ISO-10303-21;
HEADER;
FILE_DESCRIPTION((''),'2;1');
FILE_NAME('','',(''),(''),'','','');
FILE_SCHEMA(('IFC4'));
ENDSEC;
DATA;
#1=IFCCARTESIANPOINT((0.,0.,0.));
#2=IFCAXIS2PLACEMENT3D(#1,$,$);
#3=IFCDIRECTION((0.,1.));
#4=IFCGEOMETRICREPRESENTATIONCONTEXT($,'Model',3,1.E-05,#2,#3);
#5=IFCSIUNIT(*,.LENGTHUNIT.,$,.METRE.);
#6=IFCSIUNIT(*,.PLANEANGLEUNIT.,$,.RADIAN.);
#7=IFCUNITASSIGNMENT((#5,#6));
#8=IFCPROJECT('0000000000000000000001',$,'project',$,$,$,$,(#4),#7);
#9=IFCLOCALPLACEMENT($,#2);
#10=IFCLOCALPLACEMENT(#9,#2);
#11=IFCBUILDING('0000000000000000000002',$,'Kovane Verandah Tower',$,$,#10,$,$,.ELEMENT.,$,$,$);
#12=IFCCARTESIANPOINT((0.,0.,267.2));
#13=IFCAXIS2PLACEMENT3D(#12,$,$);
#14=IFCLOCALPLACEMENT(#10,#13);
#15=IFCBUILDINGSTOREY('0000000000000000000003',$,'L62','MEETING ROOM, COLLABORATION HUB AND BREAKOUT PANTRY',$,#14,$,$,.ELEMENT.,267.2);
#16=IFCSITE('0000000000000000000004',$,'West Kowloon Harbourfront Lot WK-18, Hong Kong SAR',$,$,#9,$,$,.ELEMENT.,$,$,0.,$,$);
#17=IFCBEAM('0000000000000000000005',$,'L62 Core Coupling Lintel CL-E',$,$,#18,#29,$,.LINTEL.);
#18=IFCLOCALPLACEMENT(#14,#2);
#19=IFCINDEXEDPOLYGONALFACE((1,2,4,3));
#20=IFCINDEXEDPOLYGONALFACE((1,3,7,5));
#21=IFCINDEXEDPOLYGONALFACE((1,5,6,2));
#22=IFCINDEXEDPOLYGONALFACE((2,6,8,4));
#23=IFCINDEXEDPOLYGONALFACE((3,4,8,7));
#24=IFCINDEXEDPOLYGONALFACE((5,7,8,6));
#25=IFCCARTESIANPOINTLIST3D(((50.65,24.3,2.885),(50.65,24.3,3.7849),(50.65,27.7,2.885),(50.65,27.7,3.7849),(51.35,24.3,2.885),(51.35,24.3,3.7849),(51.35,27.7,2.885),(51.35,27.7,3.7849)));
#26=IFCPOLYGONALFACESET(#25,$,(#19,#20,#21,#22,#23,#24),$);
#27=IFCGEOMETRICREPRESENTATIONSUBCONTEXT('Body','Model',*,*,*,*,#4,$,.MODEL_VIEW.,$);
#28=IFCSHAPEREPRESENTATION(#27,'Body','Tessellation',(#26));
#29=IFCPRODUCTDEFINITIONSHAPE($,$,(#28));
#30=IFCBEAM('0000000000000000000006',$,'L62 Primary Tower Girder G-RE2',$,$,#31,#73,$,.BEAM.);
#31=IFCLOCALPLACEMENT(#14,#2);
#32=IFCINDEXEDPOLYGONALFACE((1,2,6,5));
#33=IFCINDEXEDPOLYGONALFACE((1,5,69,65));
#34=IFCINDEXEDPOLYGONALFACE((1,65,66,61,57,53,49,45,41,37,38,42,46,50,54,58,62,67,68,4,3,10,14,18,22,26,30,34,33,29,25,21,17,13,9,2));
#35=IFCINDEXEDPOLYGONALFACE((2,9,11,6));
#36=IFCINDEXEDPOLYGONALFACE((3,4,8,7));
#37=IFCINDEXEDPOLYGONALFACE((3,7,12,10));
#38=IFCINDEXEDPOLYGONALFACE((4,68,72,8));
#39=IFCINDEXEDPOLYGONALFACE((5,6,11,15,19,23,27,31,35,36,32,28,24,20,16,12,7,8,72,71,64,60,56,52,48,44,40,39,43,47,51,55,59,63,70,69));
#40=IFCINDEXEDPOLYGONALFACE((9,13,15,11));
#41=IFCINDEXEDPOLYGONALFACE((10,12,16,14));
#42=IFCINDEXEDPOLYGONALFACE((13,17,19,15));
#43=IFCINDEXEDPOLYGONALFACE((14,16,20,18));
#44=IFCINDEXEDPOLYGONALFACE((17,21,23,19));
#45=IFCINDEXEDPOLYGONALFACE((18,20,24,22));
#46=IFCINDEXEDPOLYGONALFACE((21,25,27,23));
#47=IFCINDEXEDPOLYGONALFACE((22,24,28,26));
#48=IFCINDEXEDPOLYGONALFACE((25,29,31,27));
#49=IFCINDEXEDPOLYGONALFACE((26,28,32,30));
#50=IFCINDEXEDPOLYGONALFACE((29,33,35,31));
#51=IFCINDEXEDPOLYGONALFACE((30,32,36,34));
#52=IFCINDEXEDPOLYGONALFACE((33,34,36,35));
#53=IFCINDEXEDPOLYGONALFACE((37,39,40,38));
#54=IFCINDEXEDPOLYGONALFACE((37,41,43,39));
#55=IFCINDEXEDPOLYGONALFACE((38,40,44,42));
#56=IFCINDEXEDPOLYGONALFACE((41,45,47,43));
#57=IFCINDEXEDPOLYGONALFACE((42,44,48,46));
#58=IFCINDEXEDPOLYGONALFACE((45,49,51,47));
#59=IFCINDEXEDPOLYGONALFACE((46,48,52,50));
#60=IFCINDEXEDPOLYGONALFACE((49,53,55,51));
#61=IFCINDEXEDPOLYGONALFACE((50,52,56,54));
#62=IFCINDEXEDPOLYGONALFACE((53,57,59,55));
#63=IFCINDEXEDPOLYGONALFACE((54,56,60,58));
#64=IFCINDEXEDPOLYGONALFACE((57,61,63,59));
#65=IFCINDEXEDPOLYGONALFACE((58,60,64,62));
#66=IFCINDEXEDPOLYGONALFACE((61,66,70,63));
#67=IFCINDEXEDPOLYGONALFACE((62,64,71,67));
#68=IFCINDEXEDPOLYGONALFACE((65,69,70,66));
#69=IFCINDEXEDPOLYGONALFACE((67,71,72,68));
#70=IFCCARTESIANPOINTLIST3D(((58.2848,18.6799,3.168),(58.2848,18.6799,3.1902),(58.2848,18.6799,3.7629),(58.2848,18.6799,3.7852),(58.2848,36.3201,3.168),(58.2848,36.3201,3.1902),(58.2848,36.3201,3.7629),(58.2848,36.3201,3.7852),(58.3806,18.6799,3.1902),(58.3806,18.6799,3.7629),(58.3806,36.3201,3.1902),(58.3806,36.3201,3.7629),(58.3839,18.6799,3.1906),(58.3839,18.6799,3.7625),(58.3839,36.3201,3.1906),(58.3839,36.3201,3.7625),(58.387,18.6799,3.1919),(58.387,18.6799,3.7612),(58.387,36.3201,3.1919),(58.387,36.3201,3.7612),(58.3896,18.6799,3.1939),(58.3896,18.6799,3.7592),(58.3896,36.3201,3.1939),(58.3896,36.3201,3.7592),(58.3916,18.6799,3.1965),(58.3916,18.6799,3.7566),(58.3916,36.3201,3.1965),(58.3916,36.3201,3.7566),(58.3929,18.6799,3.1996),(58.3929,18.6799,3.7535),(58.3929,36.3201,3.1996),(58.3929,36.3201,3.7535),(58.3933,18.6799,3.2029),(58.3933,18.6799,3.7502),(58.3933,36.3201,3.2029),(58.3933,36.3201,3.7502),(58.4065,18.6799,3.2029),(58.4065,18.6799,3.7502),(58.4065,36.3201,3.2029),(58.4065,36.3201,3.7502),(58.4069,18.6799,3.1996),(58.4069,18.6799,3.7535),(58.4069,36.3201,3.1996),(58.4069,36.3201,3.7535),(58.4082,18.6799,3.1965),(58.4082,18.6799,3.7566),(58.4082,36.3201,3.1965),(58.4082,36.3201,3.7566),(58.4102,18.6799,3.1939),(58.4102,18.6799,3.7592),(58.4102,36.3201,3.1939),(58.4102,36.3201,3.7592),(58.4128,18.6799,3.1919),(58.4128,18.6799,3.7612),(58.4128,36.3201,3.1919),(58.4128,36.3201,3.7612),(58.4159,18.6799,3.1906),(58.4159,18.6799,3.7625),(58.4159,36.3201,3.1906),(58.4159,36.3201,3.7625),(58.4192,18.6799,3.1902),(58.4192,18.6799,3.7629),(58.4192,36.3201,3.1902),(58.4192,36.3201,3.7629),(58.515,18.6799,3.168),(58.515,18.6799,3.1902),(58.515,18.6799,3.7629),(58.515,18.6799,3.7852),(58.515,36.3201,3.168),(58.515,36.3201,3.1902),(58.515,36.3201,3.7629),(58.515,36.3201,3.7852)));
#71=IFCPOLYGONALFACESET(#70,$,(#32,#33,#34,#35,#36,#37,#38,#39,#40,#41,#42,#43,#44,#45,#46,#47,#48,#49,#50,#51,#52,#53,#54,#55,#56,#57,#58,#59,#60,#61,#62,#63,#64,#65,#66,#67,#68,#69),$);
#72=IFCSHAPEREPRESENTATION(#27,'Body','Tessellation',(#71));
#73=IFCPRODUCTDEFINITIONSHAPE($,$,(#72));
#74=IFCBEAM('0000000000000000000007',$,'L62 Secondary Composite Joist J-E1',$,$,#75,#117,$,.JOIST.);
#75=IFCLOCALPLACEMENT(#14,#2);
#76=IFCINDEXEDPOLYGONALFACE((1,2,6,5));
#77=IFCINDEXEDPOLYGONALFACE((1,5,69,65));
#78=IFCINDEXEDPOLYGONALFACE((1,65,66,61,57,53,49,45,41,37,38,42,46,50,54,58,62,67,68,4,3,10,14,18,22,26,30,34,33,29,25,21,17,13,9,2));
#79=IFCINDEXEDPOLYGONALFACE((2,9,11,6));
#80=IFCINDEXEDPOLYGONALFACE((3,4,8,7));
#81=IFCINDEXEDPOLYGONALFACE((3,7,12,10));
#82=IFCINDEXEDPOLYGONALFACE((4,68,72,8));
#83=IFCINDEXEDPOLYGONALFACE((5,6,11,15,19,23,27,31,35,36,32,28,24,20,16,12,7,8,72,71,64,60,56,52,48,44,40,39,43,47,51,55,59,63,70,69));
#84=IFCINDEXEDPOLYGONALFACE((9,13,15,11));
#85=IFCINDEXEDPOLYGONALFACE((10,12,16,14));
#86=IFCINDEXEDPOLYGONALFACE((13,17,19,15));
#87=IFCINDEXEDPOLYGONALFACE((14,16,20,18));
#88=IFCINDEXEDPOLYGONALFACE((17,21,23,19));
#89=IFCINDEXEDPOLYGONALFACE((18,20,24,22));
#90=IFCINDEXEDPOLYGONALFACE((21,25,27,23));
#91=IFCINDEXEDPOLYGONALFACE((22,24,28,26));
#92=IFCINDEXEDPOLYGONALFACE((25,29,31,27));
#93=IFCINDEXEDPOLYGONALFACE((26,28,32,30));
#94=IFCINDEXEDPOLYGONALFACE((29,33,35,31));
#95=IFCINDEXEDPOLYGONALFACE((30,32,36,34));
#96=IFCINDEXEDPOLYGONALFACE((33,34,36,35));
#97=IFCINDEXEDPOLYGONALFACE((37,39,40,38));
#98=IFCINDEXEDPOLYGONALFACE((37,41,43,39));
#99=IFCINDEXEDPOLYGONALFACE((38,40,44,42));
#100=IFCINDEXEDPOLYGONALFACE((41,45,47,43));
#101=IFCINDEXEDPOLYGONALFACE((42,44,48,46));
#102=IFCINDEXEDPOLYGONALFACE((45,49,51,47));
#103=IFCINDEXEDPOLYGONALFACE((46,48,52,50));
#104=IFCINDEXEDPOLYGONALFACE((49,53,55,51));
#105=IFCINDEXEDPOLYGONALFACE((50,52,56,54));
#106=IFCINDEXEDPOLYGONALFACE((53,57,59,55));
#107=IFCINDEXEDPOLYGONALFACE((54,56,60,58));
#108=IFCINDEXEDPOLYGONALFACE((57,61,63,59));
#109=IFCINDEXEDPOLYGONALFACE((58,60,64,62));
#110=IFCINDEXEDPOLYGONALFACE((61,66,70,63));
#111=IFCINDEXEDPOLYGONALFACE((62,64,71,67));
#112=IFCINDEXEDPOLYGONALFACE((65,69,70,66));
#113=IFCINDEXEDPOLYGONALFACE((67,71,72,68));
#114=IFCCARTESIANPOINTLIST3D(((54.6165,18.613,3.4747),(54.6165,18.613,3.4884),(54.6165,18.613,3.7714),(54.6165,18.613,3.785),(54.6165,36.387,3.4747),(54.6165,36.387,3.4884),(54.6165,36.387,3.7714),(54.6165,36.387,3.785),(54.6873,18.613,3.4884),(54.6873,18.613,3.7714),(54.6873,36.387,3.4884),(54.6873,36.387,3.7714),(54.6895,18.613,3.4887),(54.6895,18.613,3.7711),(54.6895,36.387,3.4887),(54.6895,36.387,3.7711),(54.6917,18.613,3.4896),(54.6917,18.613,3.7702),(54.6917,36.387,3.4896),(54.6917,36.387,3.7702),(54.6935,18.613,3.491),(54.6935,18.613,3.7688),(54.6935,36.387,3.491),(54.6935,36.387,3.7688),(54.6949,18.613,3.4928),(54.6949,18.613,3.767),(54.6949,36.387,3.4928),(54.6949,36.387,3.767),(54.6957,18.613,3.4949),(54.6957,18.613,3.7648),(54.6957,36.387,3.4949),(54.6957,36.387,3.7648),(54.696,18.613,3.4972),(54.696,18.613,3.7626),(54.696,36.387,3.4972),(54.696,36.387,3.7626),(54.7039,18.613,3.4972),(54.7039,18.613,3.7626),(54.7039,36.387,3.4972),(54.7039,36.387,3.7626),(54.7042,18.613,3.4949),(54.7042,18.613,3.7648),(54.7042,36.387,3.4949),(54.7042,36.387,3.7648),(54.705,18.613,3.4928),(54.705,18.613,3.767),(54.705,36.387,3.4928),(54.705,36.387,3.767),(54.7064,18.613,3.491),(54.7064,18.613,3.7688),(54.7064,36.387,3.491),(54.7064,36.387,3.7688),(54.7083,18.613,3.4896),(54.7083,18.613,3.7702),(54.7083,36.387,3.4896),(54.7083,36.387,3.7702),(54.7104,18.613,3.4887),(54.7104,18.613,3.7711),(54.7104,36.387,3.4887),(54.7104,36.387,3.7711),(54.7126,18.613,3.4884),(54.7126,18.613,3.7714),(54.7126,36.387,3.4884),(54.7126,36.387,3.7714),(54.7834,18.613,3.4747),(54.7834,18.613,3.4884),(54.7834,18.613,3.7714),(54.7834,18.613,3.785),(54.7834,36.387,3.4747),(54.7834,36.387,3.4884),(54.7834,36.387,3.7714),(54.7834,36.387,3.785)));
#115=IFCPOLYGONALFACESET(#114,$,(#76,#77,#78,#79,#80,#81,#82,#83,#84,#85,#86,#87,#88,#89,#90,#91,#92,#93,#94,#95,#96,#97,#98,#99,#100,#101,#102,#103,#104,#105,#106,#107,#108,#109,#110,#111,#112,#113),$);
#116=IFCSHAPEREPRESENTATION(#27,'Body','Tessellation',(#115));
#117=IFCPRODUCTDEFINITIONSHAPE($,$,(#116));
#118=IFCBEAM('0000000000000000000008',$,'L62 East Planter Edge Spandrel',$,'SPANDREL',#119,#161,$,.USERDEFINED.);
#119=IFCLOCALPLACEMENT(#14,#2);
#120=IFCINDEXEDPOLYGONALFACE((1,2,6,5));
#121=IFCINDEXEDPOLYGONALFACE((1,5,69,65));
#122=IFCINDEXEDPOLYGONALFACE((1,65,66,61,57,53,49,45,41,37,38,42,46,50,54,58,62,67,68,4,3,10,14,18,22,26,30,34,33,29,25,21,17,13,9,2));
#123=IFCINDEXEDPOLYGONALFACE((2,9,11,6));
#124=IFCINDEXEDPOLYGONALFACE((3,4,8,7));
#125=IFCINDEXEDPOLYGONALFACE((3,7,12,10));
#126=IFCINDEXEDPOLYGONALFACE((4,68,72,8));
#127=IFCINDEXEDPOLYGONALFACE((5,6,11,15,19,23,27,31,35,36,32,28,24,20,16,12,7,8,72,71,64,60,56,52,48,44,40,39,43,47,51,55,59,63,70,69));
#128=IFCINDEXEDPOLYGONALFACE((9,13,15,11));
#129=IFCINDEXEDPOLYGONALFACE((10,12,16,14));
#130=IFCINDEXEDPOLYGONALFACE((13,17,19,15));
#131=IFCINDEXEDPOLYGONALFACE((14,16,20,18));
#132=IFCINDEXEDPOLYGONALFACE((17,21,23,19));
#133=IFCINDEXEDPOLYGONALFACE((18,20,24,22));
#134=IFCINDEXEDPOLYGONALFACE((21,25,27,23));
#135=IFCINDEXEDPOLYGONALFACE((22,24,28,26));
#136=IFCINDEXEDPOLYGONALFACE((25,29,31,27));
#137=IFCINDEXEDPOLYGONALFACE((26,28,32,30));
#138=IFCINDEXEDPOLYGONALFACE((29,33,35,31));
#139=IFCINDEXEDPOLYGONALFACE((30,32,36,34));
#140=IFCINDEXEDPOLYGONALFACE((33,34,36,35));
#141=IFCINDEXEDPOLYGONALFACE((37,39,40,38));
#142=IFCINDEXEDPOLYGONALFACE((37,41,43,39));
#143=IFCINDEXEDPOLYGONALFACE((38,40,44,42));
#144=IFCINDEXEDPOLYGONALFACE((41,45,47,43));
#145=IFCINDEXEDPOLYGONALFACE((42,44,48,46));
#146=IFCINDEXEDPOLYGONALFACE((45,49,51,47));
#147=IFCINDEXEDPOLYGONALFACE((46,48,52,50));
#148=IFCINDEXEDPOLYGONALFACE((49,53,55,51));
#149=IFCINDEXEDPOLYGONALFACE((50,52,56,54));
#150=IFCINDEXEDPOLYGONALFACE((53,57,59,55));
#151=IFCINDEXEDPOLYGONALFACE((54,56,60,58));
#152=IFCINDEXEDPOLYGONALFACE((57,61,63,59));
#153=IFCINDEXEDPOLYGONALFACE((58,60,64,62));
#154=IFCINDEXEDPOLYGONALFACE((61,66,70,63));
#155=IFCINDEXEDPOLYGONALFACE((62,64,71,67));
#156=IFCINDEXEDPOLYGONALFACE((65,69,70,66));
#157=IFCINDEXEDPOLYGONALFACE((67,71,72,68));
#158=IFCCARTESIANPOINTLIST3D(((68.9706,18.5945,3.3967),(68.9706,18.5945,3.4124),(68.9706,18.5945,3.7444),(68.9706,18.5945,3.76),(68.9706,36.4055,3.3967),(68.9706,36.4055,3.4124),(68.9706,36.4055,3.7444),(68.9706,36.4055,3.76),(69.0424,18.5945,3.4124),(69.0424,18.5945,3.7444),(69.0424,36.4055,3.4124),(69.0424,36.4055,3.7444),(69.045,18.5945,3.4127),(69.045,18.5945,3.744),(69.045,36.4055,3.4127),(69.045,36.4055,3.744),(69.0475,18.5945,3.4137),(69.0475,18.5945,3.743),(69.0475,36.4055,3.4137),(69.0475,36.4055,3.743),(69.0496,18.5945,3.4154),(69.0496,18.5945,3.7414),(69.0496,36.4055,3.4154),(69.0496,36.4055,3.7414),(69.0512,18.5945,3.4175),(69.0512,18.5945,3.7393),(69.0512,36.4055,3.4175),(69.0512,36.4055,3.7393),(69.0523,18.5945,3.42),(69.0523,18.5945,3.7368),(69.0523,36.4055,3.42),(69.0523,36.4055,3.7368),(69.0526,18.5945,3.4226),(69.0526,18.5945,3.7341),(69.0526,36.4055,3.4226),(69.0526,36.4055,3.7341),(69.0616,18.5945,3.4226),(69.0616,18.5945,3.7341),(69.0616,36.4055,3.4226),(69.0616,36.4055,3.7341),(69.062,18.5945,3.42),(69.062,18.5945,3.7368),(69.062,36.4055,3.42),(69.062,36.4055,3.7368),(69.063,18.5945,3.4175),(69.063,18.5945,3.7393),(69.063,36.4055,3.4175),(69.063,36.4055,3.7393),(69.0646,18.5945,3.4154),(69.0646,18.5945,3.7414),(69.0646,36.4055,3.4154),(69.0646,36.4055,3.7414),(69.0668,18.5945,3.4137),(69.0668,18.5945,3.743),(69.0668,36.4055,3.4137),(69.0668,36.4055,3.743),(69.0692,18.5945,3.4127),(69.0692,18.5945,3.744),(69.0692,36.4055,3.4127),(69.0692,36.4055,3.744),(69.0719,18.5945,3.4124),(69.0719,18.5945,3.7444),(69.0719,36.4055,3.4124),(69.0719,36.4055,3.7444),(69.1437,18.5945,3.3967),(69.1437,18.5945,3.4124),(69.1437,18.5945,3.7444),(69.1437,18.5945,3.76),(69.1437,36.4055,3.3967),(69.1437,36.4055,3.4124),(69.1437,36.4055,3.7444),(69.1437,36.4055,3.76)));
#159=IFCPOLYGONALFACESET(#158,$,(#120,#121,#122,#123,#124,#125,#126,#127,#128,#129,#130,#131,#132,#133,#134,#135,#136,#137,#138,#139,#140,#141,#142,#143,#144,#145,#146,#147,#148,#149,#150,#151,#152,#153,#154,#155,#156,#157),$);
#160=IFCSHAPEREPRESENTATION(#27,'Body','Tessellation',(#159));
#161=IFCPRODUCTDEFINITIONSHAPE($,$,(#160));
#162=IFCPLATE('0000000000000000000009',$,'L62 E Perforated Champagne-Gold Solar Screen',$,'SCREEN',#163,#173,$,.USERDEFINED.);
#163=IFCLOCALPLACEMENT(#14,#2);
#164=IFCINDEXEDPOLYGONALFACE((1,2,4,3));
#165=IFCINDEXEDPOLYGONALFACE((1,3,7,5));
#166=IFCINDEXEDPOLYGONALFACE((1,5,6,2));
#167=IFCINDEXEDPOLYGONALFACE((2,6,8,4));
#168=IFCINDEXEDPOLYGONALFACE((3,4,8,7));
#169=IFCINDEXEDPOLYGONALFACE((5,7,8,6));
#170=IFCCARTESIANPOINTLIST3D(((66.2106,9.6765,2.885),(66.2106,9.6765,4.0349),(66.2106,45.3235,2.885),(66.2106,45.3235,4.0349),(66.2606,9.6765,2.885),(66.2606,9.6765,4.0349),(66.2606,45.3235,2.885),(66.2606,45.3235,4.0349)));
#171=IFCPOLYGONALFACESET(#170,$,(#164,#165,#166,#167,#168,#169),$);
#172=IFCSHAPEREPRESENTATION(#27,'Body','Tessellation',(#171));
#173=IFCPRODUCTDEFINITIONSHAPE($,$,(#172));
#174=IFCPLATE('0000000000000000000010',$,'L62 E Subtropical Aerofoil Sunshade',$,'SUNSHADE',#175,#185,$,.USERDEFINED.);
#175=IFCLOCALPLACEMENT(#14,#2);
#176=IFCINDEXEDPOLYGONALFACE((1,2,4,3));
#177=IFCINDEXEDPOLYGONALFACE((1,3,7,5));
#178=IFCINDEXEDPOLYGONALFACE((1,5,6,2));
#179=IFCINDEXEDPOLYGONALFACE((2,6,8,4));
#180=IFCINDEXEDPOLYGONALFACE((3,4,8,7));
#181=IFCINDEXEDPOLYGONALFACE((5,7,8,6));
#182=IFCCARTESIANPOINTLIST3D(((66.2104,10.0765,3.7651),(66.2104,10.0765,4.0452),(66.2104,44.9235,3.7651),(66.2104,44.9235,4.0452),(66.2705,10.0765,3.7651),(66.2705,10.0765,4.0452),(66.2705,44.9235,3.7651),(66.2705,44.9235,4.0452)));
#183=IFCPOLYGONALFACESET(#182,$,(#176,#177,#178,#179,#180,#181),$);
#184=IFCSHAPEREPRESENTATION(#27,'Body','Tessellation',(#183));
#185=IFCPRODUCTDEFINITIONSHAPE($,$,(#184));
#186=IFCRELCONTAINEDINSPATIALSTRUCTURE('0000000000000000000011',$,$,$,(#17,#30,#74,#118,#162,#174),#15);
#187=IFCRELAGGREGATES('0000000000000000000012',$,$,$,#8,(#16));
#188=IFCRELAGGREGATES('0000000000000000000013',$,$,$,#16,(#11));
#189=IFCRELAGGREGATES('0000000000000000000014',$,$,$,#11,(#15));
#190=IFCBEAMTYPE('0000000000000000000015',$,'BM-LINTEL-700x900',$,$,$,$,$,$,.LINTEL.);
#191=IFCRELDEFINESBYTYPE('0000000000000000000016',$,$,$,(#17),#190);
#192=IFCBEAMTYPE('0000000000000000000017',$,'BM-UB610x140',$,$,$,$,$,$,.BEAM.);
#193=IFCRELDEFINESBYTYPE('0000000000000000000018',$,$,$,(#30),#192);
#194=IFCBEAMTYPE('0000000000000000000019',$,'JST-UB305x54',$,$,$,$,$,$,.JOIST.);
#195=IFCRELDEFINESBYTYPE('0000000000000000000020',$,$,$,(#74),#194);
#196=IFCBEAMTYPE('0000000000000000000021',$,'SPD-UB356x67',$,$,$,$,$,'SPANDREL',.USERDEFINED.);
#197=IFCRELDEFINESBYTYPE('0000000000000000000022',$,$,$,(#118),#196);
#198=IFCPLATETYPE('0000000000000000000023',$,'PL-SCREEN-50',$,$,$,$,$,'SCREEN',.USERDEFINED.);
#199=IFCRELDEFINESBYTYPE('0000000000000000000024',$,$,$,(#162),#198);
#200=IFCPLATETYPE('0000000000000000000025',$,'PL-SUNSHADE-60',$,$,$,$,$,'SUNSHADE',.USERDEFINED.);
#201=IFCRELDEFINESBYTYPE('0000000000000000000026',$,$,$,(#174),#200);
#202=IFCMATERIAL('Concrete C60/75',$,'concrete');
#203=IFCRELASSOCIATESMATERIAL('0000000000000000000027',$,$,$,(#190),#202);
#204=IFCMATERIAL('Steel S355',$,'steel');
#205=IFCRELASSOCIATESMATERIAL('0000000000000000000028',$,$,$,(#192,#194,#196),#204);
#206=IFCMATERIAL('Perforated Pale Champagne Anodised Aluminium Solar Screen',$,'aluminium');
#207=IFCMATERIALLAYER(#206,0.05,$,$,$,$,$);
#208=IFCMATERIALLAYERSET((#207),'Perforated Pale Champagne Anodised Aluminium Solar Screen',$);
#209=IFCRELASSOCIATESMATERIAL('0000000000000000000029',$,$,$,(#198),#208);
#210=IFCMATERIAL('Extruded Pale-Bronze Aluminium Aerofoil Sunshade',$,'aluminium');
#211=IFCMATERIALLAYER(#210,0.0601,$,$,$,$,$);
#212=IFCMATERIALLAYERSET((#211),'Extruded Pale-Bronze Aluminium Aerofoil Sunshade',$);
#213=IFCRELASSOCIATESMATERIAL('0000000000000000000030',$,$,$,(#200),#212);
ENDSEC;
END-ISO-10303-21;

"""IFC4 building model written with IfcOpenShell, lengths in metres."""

from ifc_helpers import new_model, si_unit, direction, frame, origin, origin_2d, place, context, subcontext, project, spatial, rectangle, i_section, extrude, material, layer, layer_set, material_profile, profile_set, type_object, element, save


model = new_model("IFC4")

# Units and contexts
model_context = context("Model", 3, precision=1e-05, world=origin(), true_north=direction((0.0, 1.0)))
body_context = subcontext(model_context, "Body", "Model", "MODEL_VIEW")
ifc_project = project(units=[si_unit("LENGTHUNIT", "METRE"), si_unit("PLANEANGLEUNIT", "RADIAN")], contexts=[model_context])

# Site, building, storey
site_placement = place(None, origin())
site = spatial("IfcSite", under=ifc_project, at=site_placement, Name="West Kowloon Harbourfront Lot WK-18, Hong Kong SAR", CompositionType="ELEMENT", RefElevation=0.0)
building_placement = place(site_placement, origin())
building = spatial("IfcBuilding", under=site, at=building_placement, Name="Kovane Verandah Tower", CompositionType="ELEMENT")
storey_placement = place(building_placement, frame((0.0, 0.0, 267.2)))
storey = spatial("IfcBuildingStorey", under=building, at=storey_placement, Name="L62", Description="MEETING ROOM, COLLABORATION HUB AND BREAKOUT PANTRY", CompositionType="ELEMENT", Elevation=267.2)

# Beams
ifc_material_1 = material(Name="Concrete C60/75", Category="concrete")
ifc_material_profile_1 = material_profile(ifc_material_1, rectangle(XDim=0.7, YDim=0.8999, at=origin_2d()), Name="RCB700x900")
ifc_profile_set_1 = profile_set([ifc_material_profile_1], Name="Concrete C60/75")
beam_type_1 = type_object("IfcBeamType", Name="BM-LINTEL-700x900", PredefinedType="LINTEL", material=ifc_profile_set_1)
beam_1_placement = place(storey_placement, frame((51.0, 24.3, 3.335), z_axis=(0.0, 1.0, 0.0), x_axis=(-1.0, 0.0, 0.0)))
element("IfcBeam", 1, at=beam_1_placement, inside=storey, type_object=beam_type_1, Name="L62 Core Coupling Lintel CL-E", PredefinedType="LINTEL", context=body_context, shape_type="SweptSolid", body=[
    extrude(rectangle(XDim=0.7, YDim=0.8999, at=origin_2d()), origin(), (0.0, 0.0, 1.0), 3.3999),
])
ifc_material_2 = material(Name="Steel S355", Category="steel")
ifc_material_profile_2 = material_profile(ifc_material_2, i_section(OverallWidth=0.2302, OverallDepth=0.6172, WebThickness=0.0132, FlangeThickness=0.0222, FilletRadius=0.0127, at=origin_2d()), Name="UB610x229x140")
ifc_profile_set_2 = profile_set([ifc_material_profile_2], Name="Steel S355")
beam_type_2 = type_object("IfcBeamType", Name="BM-UB610x140", PredefinedType="BEAM", material=ifc_profile_set_2)
beam_2_placement = place(storey_placement, frame((58.3999, 18.6799, 3.4766), z_axis=(0.0, 1.0, 0.0), x_axis=(-1.0, 0.0, 0.0)))
element("IfcBeam", 2, at=beam_2_placement, inside=storey, type_object=beam_type_2, Name="L62 Primary Tower Girder G-RE2", PredefinedType="BEAM", context=body_context, shape_type="SweptSolid", body=[
    extrude(i_section(OverallWidth=0.2302, OverallDepth=0.6172, WebThickness=0.0132, FlangeThickness=0.0222, FilletRadius=0.0127, at=origin_2d()), origin(), (0.0, 0.0, 1.0), 17.6401),
])
ifc_material_profile_3 = material_profile(ifc_material_2, i_section(OverallWidth=0.167, OverallDepth=0.3103, WebThickness=0.0078, FlangeThickness=0.0137, FilletRadius=0.0088, at=origin_2d()), Name="UB305x165x54")
ifc_profile_set_3 = profile_set([ifc_material_profile_3], Name="Steel S355")
beam_type_3 = type_object("IfcBeamType", Name="JST-UB305x54", PredefinedType="JOIST", material=ifc_profile_set_3)
beam_3_placement = place(storey_placement, frame((54.7, 18.613, 3.6299), z_axis=(0.0, 1.0, 0.0), x_axis=(-1.0, 0.0, 0.0)))
element("IfcBeam", 3, at=beam_3_placement, inside=storey, type_object=beam_type_3, Name="L62 Secondary Composite Joist J-E1", PredefinedType="JOIST", context=body_context, shape_type="SweptSolid", body=[
    extrude(i_section(OverallWidth=0.167, OverallDepth=0.3103, WebThickness=0.0078, FlangeThickness=0.0137, FilletRadius=0.0088, at=origin_2d()), origin(), (0.0, 0.0, 1.0), 17.7739),
])
ifc_material_profile_4 = material_profile(ifc_material_2, i_section(OverallWidth=0.1731, OverallDepth=0.3633, WebThickness=0.009, FlangeThickness=0.0156, FilletRadius=0.0103, at=origin_2d()), Name="UB356x171x67")
ifc_profile_set_4 = profile_set([ifc_material_profile_4], Name="Steel S355")
beam_type_4 = type_object("IfcBeamType", Name="SPD-UB356x67", ElementType="SPANDREL", PredefinedType="USERDEFINED", material=ifc_profile_set_4)
beam_4_placement = place(storey_placement, frame((69.0571, 18.5945, 3.5784), z_axis=(0.0, 1.0, 0.0), x_axis=(-1.0, 0.0, 0.0)))
element("IfcBeam", 4, at=beam_4_placement, inside=storey, type_object=beam_type_4, Name="L62 East Planter Edge Spandrel", ObjectType="SPANDREL", PredefinedType="USERDEFINED", context=body_context, shape_type="SweptSolid", body=[
    extrude(i_section(OverallWidth=0.1731, OverallDepth=0.3633, WebThickness=0.009, FlangeThickness=0.0156, FilletRadius=0.0103, at=origin_2d()), origin(), (0.0, 0.0, 1.0), 17.811),
])

# Plates
ifc_material_3 = material(Name="Perforated Pale Champagne Anodised Aluminium Solar Screen", Category="aluminium")
ifc_layer_1 = layer(ifc_material_3, 0.05)
ifc_layer_set_1 = layer_set([ifc_layer_1], Name="Perforated Pale Champagne Anodised Aluminium Solar Screen")
plate_type_1 = type_object("IfcPlateType", Name="PL-SCREEN-50", ElementType="SCREEN", PredefinedType="USERDEFINED", material=ifc_layer_set_1)
plate_1_placement = place(storey_placement, frame((66.2356, 27.5, 2.885), z_axis=(0.0, 0.0, 1.0), x_axis=(0.0, 1.0, 0.0)))
element("IfcPlate", 5, at=plate_1_placement, inside=storey, type_object=plate_type_1, Name="L62 E Perforated Champagne-Gold Solar Screen", ObjectType="SCREEN", PredefinedType="USERDEFINED", context=body_context, shape_type="SweptSolid", body=[
    extrude(rectangle(XDim=35.647, YDim=0.05, at=origin_2d()), origin(), (0.0, 0.0, 1.0), 1.1499),
])
ifc_material_4 = material(Name="Extruded Pale-Bronze Aluminium Aerofoil Sunshade", Category="aluminium")
ifc_layer_2 = layer(ifc_material_4, 0.0601)
ifc_layer_set_2 = layer_set([ifc_layer_2], Name="Extruded Pale-Bronze Aluminium Aerofoil Sunshade")
plate_type_2 = type_object("IfcPlateType", Name="PL-SUNSHADE-60", ElementType="SUNSHADE", PredefinedType="USERDEFINED", material=ifc_layer_set_2)
plate_2_placement = place(storey_placement, frame((66.2405, 27.5, 3.7651), z_axis=(0.0, 0.0, 1.0), x_axis=(0.0, 1.0, 0.0)))
element("IfcPlate", 6, at=plate_2_placement, inside=storey, type_object=plate_type_2, Name="L62 E Subtropical Aerofoil Sunshade", ObjectType="SUNSHADE", PredefinedType="USERDEFINED", context=body_context, shape_type="SweptSolid", body=[
    extrude(rectangle(XDim=34.8469, YDim=0.0601, at=origin_2d()), origin(), (0.0, 0.0, 1.0), 0.28),
])

save(model, "model.ifc")
